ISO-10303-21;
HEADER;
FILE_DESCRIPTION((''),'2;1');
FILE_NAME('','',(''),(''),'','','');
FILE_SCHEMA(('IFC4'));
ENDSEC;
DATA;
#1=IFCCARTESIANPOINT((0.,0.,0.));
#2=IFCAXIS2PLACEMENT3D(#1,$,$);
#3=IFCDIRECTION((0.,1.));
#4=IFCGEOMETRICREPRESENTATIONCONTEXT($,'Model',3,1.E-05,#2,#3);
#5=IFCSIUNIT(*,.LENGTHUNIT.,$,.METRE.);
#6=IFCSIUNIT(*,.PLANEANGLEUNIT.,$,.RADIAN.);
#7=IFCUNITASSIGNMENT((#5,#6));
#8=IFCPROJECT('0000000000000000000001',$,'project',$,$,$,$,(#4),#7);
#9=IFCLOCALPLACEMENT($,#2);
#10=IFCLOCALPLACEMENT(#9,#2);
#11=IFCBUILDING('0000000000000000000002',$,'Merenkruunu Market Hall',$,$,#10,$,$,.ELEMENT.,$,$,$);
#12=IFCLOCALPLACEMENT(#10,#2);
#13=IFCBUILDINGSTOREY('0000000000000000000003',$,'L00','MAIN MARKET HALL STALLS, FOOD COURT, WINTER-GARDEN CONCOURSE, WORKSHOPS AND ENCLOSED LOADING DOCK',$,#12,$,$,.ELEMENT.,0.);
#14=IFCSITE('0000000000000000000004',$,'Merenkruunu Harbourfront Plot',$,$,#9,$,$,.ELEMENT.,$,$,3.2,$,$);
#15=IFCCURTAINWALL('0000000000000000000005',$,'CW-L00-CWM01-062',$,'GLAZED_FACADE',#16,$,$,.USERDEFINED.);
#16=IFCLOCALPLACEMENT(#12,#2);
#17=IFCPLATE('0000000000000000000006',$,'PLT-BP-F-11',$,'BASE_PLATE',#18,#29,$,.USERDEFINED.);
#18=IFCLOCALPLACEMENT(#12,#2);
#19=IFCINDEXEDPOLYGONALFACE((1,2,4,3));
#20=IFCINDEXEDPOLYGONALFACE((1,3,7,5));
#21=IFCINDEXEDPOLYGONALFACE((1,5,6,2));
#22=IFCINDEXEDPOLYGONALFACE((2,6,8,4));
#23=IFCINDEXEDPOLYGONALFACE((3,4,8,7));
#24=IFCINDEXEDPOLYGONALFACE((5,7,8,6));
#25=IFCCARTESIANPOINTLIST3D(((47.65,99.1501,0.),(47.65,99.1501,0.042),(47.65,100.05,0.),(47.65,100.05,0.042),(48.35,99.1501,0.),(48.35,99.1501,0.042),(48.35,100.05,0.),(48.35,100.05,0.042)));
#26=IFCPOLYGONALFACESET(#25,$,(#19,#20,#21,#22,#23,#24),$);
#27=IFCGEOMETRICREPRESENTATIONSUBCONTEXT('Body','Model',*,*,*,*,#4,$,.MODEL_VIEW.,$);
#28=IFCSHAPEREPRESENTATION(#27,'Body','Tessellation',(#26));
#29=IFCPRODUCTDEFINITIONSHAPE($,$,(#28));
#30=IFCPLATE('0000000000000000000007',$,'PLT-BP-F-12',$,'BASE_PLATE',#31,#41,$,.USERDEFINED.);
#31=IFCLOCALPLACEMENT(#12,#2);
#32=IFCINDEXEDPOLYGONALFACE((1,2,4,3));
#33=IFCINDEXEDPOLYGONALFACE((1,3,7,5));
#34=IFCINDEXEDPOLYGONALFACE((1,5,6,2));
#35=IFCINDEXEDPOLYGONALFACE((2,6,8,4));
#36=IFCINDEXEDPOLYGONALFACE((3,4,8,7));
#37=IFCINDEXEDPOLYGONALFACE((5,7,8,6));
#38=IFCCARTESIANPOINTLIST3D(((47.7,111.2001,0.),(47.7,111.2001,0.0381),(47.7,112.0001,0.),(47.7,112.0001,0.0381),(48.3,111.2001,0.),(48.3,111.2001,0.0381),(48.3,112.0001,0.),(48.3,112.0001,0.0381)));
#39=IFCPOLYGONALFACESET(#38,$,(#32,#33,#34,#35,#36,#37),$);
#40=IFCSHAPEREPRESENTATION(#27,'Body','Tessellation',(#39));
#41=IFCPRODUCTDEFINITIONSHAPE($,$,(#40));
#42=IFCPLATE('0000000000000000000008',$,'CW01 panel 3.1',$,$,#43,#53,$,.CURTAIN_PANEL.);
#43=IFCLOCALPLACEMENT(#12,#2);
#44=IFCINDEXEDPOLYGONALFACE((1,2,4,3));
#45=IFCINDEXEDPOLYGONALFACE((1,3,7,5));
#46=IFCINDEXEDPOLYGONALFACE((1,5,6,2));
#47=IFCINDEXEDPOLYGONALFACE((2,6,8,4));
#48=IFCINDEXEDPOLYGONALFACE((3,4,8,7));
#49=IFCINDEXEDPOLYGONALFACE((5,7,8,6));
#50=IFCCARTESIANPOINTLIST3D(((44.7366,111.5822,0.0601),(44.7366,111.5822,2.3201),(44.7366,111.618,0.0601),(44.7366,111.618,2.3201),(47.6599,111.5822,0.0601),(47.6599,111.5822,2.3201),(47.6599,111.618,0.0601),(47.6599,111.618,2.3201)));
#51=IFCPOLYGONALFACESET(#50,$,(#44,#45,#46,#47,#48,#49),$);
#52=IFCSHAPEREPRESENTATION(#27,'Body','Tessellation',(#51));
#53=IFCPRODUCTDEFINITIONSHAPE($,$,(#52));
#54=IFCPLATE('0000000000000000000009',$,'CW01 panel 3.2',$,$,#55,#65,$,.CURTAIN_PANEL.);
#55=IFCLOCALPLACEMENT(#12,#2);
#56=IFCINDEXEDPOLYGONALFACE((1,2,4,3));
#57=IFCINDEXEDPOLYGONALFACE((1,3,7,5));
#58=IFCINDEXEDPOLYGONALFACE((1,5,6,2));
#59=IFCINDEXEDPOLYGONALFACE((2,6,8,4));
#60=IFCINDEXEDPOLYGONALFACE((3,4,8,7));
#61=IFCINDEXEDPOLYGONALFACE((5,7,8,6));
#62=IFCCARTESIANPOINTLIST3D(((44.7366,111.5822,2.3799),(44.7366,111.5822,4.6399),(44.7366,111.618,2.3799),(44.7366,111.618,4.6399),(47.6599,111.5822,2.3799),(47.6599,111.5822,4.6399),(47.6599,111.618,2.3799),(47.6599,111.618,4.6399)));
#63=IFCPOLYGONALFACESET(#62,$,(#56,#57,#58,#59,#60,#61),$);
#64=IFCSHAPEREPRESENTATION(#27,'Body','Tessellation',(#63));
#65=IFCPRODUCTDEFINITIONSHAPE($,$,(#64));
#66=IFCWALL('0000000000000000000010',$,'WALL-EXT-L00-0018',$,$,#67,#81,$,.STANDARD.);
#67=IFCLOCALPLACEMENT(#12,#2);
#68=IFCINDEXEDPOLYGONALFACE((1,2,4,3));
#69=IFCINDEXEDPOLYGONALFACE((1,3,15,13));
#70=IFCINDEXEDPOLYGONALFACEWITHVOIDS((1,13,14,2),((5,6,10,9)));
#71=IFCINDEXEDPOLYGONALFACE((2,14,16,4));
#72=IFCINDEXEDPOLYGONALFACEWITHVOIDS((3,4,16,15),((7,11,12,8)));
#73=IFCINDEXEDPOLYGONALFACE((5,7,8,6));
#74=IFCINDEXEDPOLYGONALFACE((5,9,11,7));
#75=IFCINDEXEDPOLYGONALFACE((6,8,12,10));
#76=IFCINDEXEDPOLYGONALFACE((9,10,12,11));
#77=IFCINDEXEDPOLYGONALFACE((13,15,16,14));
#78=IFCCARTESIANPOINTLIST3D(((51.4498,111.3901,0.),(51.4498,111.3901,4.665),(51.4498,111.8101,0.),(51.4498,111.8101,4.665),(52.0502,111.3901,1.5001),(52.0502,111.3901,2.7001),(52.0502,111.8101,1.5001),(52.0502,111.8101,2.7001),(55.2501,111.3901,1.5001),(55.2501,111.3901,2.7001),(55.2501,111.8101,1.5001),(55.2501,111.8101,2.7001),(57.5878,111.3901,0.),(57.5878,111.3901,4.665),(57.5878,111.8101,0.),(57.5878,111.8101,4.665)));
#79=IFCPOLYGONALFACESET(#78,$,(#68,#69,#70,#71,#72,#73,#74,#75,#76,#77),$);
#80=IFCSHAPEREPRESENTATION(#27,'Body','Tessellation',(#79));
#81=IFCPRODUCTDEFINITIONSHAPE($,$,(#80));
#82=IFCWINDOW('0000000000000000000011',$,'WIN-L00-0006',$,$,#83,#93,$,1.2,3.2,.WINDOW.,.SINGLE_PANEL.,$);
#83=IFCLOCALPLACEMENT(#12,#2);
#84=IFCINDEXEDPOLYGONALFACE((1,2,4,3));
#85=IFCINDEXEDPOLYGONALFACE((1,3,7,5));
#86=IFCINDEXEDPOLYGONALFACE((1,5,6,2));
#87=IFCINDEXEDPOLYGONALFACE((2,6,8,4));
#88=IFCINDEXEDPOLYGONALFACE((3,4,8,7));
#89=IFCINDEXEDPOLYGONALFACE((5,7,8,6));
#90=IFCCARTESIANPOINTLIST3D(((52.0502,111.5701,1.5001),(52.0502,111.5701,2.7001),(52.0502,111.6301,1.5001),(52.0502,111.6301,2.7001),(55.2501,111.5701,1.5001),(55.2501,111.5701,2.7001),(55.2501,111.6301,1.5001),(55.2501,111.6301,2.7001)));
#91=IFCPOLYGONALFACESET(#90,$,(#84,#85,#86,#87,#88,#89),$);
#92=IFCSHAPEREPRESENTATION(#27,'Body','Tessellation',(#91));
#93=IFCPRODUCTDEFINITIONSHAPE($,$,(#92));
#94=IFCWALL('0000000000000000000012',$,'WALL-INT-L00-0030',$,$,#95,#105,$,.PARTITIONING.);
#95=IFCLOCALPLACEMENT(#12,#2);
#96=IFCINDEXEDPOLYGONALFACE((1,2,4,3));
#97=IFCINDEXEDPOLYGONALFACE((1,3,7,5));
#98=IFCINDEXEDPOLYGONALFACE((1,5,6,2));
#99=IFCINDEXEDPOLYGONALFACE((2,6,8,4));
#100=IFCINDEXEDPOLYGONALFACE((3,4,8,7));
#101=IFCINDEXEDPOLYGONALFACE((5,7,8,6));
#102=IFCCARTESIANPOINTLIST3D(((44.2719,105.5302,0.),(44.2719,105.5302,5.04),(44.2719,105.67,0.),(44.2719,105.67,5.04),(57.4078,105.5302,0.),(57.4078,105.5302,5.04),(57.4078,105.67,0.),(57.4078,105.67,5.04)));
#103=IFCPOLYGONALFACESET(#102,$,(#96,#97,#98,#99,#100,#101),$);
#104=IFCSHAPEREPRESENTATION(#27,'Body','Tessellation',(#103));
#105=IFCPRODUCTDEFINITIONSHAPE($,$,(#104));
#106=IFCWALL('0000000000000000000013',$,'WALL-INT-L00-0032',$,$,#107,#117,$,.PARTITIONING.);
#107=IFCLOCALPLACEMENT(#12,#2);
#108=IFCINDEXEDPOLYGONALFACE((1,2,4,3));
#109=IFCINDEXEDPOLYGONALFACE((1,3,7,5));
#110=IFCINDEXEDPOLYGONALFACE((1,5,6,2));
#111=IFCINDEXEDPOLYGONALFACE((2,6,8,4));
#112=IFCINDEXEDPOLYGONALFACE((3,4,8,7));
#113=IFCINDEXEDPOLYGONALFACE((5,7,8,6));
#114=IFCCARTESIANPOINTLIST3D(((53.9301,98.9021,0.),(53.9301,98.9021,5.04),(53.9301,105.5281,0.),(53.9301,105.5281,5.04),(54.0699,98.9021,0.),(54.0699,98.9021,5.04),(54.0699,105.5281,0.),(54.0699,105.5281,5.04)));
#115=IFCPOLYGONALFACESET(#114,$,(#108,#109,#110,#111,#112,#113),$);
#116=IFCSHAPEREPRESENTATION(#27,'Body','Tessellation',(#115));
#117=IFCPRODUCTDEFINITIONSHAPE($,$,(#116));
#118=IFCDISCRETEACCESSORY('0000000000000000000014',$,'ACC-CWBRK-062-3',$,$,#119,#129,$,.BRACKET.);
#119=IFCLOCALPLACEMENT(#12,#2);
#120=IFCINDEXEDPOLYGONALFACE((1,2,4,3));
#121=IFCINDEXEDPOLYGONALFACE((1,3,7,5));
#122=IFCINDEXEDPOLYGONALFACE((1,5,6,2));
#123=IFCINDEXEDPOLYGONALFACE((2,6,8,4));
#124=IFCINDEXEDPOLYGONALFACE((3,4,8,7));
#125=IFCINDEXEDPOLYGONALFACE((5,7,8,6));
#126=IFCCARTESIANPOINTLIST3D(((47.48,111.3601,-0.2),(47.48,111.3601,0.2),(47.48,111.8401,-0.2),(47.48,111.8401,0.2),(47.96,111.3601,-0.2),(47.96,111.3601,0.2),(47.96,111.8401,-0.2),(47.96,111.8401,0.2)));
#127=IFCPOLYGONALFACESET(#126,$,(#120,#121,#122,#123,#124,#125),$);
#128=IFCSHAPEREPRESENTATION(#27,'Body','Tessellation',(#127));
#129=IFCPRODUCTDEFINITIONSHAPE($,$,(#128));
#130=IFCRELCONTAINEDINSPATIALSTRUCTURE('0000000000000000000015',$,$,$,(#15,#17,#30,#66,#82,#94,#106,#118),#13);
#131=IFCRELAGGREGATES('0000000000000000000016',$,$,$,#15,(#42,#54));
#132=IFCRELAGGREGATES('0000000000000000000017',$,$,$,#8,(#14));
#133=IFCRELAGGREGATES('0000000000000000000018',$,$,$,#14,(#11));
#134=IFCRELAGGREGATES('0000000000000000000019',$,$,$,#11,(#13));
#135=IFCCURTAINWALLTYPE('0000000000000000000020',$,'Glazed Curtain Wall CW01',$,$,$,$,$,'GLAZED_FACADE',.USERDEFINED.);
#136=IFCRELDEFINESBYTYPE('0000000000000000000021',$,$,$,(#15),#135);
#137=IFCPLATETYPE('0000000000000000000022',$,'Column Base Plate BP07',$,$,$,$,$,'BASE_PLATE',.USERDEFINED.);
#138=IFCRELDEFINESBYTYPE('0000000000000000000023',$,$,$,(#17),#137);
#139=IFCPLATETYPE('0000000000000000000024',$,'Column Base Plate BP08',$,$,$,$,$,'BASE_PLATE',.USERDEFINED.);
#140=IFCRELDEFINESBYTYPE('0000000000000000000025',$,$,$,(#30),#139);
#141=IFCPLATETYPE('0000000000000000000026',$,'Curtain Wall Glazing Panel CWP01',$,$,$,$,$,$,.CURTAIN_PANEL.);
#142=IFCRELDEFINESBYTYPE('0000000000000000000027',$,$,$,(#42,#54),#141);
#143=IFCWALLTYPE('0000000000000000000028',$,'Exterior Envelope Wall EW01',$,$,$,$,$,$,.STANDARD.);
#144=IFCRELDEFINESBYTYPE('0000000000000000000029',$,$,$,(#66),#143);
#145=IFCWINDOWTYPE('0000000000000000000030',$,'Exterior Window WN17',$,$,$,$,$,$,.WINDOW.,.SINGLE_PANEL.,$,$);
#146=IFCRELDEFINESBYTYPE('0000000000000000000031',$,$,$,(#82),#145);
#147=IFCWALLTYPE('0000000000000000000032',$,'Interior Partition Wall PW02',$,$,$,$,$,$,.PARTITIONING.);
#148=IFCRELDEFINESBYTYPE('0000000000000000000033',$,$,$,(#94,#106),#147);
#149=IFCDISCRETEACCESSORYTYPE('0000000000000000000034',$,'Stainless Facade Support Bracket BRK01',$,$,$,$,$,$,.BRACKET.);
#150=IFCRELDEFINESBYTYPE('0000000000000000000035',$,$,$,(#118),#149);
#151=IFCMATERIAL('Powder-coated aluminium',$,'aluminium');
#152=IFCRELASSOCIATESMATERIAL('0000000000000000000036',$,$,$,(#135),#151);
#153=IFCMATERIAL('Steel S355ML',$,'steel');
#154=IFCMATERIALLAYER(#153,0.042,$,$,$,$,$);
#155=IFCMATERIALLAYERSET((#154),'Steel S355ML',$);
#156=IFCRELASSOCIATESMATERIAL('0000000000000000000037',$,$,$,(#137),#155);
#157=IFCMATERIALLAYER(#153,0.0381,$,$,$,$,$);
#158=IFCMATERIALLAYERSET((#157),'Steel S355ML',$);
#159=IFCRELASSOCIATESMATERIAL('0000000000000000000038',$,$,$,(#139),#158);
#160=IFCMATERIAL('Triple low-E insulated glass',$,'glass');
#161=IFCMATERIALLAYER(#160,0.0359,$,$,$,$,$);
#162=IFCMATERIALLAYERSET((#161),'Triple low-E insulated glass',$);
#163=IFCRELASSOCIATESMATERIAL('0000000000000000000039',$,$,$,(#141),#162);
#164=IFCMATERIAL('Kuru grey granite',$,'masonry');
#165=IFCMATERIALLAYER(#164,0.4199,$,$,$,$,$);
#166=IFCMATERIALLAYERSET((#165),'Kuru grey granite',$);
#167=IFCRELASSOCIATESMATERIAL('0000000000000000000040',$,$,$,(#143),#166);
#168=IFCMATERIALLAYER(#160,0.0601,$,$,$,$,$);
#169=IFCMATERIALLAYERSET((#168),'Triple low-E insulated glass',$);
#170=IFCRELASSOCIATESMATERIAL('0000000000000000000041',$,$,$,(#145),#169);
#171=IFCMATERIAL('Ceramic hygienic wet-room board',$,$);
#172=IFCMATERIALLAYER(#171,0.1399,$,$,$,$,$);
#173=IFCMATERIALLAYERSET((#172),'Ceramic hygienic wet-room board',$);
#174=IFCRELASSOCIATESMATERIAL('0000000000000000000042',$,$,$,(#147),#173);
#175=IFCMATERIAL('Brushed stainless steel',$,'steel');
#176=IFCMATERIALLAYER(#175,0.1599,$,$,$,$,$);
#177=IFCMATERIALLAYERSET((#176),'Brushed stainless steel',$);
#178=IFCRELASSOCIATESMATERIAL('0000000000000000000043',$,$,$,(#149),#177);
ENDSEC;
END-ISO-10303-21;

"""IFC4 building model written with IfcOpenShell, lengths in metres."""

from ifc_helpers import new_model, si_unit, direction, frame, frame_2d, origin, origin_2d, place, context, subcontext, project, spatial, rectangle, extrude, material, layer, layer_set, type_object, element, fill, aggregate, save


model = new_model("IFC4")

# Units and contexts
model_context = context("Model", 3, precision=1e-05, world=origin(), true_north=direction((0.0, 1.0)))
body_context = subcontext(model_context, "Body", "Model", "MODEL_VIEW")
ifc_project = project(units=[si_unit("LENGTHUNIT", "METRE"), si_unit("PLANEANGLEUNIT", "RADIAN")], contexts=[model_context])

# Site, building, storey
site_placement = place(None, origin())
site = spatial("IfcSite", under=ifc_project, at=site_placement, Name="Merenkruunu Harbourfront Plot", CompositionType="ELEMENT", RefElevation=3.2)
building_placement = place(site_placement, origin())
building = spatial("IfcBuilding", under=site, at=building_placement, Name="Merenkruunu Market Hall", CompositionType="ELEMENT")
storey_placement = place(building_placement, origin())
storey = spatial("IfcBuildingStorey", under=building, at=storey_placement, Name="L00", Description="MAIN MARKET HALL STALLS, FOOD COURT, WINTER-GARDEN CONCOURSE, WORKSHOPS AND ENCLOSED LOADING DOCK", CompositionType="ELEMENT", Elevation=0.0)

# Curtain wall
ifc_material_1 = material(Name="Powder-coated aluminium", Category="aluminium")
curtain_wall_type = type_object("IfcCurtainWallType", Name="Glazed Curtain Wall CW01", ElementType="GLAZED_FACADE", PredefinedType="USERDEFINED", material=ifc_material_1)
curtain_wall_placement = place(storey_placement, origin())
curtain_wall = element("IfcCurtainWall", 1, at=curtain_wall_placement, inside=storey, type_object=curtain_wall_type, Name="CW-L00-CWM01-062", ObjectType="GLAZED_FACADE", PredefinedType="USERDEFINED")

# Plates
ifc_material_2 = material(Name="Steel S355ML", Category="steel")
ifc_layer_1 = layer(ifc_material_2, 0.042)
ifc_layer_set_1 = layer_set([ifc_layer_1], Name="Steel S355ML")
plate_type_1 = type_object("IfcPlateType", Name="Column Base Plate BP07", ElementType="BASE_PLATE", PredefinedType="USERDEFINED", material=ifc_layer_set_1)
plate_1_placement = place(storey_placement, frame((48.0, 99.6001, 0.0), z_axis=(0.0, 0.0, 1.0), x_axis=(1.0, 0.0, 0.0)))
element("IfcPlate", 2, at=plate_1_placement, inside=storey, type_object=plate_type_1, Name="PLT-BP-F-11", ObjectType="BASE_PLATE", PredefinedType="USERDEFINED", context=body_context, shape_type="SweptSolid", body=[
    extrude(rectangle(XDim=0.7, YDim=0.8999, at=origin_2d()), origin(), (0.0, 0.0, 1.0), 0.042),
])
ifc_layer_2 = layer(ifc_material_2, 0.0381)
ifc_layer_set_2 = layer_set([ifc_layer_2], Name="Steel S355ML")
plate_type_2 = type_object("IfcPlateType", Name="Column Base Plate BP08", ElementType="BASE_PLATE", PredefinedType="USERDEFINED", material=ifc_layer_set_2)
plate_2_placement = place(storey_placement, frame((48.0, 111.6001, 0.0), z_axis=(0.0, 0.0, 1.0), x_axis=(1.0, 0.0, 0.0)))
element("IfcPlate", 3, at=plate_2_placement, inside=storey, type_object=plate_type_2, Name="PLT-BP-F-12", ObjectType="BASE_PLATE", PredefinedType="USERDEFINED", context=body_context, shape_type="SweptSolid", body=[
    extrude(rectangle(XDim=0.6001, YDim=0.8, at=origin_2d()), origin(), (0.0, 0.0, 1.0), 0.0381),
])

# Plates
ifc_material_3 = material(Name="Triple low-E insulated glass", Category="glass")
ifc_layer_3 = layer(ifc_material_3, 0.0359)
ifc_layer_set_3 = layer_set([ifc_layer_3], Name="Triple low-E insulated glass")
plate_type_3 = type_object("IfcPlateType", Name="Curtain Wall Glazing Panel CWP01", PredefinedType="CURTAIN_PANEL", material=ifc_layer_set_3)
plate_3_placement = place(storey_placement, frame((46.1982, 111.6001, 0.0601), z_axis=(0.0, 0.0, 1.0), x_axis=(1.0, 0.0, 0.0)))
plate_3 = element("IfcPlate", 4, at=plate_3_placement, type_object=plate_type_3, Name="CW01 panel 3.1", PredefinedType="CURTAIN_PANEL", context=body_context, shape_type="SweptSolid", body=[
    extrude(rectangle(XDim=2.9233, YDim=0.0359, at=origin_2d()), origin(), (0.0, 0.0, 1.0), 2.26),
])
plate_4_placement = place(storey_placement, frame((46.1982, 111.6001, 2.3799), z_axis=(0.0, 0.0, 1.0), x_axis=(1.0, 0.0, 0.0)))
plate_4 = element("IfcPlate", 5, at=plate_4_placement, type_object=plate_type_3, Name="CW01 panel 3.2", PredefinedType="CURTAIN_PANEL", context=body_context, shape_type="SweptSolid", body=[
    extrude(rectangle(XDim=2.9233, YDim=0.0359, at=origin_2d()), origin(), (0.0, 0.0, 1.0), 2.26),
])
aggregate(curtain_wall, [plate_3, plate_4])

# Shared definitions
ifc_material_4 = material(Name="Kuru grey granite", Category="masonry")
ifc_layer_4 = layer(ifc_material_4, 0.4199)
ifc_layer_set_4 = layer_set([ifc_layer_4], Name="Kuru grey granite")
wall_type_1 = type_object("IfcWallType", Name="Exterior Envelope Wall EW01", PredefinedType="STANDARD", material=ifc_layer_set_4)

# Wall, opening, window
wall_1_placement = place(storey_placement, frame((51.45, 111.6001, 0.0), z_axis=(0.0, 0.0, 1.0), x_axis=(1.0, 0.0, 0.0)))
wall_1 = element("IfcWall", 6, at=wall_1_placement, inside=storey, type_object=wall_type_1, Name="WALL-EXT-L00-0018", PredefinedType="STANDARD", context=body_context, shape_type="SweptSolid", body=[
    extrude(rectangle(XDim=6.1379, YDim=0.4199, at=frame_2d((3.0688, 0.0))), origin(), (0.0, 0.0, 1.0), 4.665),
])
opening_1_placement = place(wall_1_placement, frame((0.6001, 0.0, 1.5)))
opening_1 = element("IfcOpeningElement", 7, at=opening_1_placement, cuts=wall_1, PredefinedType="OPENING", context=body_context, shape_type="SweptSolid", body=[
    extrude(rectangle(XDim=3.2, YDim=1.2, at=frame_2d((1.6001, 0.6001))), frame((0.0, 0.22, 0.0), z_axis=(0.0, -1.0, 0.0), x_axis=(1.0, 0.0, 0.0)), (0.0, 0.0, 1.0), 0.4399),
])
ifc_layer_5 = layer(ifc_material_3, 0.0601)
ifc_layer_set_5 = layer_set([ifc_layer_5], Name="Triple low-E insulated glass")
window_type = type_object("IfcWindowType", Name="Exterior Window WN17", PartitioningType="SINGLE_PANEL", PredefinedType="WINDOW", material=ifc_layer_set_5)
window_placement = place(opening_1_placement, origin())
window = element("IfcWindow", 8, at=window_placement, inside=storey, type_object=window_type, Name="WIN-L00-0006", OverallHeight=1.2, OverallWidth=3.2, PartitioningType="SINGLE_PANEL", PredefinedType="WINDOW", context=body_context, shape_type="SweptSolid", body=[
    extrude(rectangle(XDim=3.2, YDim=1.2, at=frame_2d((1.6001, 0.6001))), frame((0.0, 0.03, 0.0), z_axis=(0.0, -1.0, 0.0), x_axis=(1.0, 0.0, 0.0)), (0.0, 0.0, 1.0), 0.0601),
])
fill(opening_1, window)

# Walls
ifc_material_5 = material(Name="Ceramic hygienic wet-room board")
ifc_layer_6 = layer(ifc_material_5, 0.1399)
ifc_layer_set_6 = layer_set([ifc_layer_6], Name="Ceramic hygienic wet-room board")
wall_type_2 = type_object("IfcWallType", Name="Interior Partition Wall PW02", PredefinedType="PARTITIONING", material=ifc_layer_set_6)
wall_2_placement = place(storey_placement, frame((44.272, 105.6001, 0.0), z_axis=(0.0, 0.0, 1.0), x_axis=(1.0, 0.0, 0.0)))
element("IfcWall", 9, at=wall_2_placement, inside=storey, type_object=wall_type_2, Name="WALL-INT-L00-0030", PredefinedType="PARTITIONING", context=body_context, shape_type="SweptSolid", body=[
    extrude(rectangle(XDim=13.136, YDim=0.1399, at=frame_2d((6.5679, 0.0))), origin(), (0.0, 0.0, 1.0), 5.04),
])
wall_3_placement = place(storey_placement, frame((54.0, 98.9021, 0.0), z_axis=(0.0, 0.0, 1.0), x_axis=(0.0, 1.0, 0.0)))
element("IfcWall", 10, at=wall_3_placement, inside=storey, type_object=wall_type_2, Name="WALL-INT-L00-0032", PredefinedType="PARTITIONING", context=body_context, shape_type="SweptSolid", body=[
    extrude(rectangle(XDim=6.626, YDim=0.1399, at=frame_2d((3.313, 0.0))), origin(), (0.0, 0.0, 1.0), 5.04),
])

# Discrete accessory
ifc_material_6 = material(Name="Brushed stainless steel", Category="steel")
ifc_layer_7 = layer(ifc_material_6, 0.1599)
ifc_layer_set_7 = layer_set([ifc_layer_7], Name="Brushed stainless steel")
discrete_accessory_type = type_object("IfcDiscreteAccessoryType", Name="Stainless Facade Support Bracket BRK01", PredefinedType="BRACKET", material=ifc_layer_set_7)
discrete_accessory_placement = place(storey_placement, frame((47.72, 111.6001, -0.2), z_axis=(0.0, 0.0, 1.0), x_axis=(1.0, 0.0, 0.0)))
element("IfcDiscreteAccessory", 11, at=discrete_accessory_placement, inside=storey, type_object=discrete_accessory_type, Name="ACC-CWBRK-062-3", PredefinedType="BRACKET", context=body_context, shape_type="SweptSolid", body=[
    extrude(rectangle(XDim=0.48, YDim=0.48, at=origin_2d()), origin(), (0.0, 0.0, 1.0), 0.3999),
])

save(model, "model.ifc")
